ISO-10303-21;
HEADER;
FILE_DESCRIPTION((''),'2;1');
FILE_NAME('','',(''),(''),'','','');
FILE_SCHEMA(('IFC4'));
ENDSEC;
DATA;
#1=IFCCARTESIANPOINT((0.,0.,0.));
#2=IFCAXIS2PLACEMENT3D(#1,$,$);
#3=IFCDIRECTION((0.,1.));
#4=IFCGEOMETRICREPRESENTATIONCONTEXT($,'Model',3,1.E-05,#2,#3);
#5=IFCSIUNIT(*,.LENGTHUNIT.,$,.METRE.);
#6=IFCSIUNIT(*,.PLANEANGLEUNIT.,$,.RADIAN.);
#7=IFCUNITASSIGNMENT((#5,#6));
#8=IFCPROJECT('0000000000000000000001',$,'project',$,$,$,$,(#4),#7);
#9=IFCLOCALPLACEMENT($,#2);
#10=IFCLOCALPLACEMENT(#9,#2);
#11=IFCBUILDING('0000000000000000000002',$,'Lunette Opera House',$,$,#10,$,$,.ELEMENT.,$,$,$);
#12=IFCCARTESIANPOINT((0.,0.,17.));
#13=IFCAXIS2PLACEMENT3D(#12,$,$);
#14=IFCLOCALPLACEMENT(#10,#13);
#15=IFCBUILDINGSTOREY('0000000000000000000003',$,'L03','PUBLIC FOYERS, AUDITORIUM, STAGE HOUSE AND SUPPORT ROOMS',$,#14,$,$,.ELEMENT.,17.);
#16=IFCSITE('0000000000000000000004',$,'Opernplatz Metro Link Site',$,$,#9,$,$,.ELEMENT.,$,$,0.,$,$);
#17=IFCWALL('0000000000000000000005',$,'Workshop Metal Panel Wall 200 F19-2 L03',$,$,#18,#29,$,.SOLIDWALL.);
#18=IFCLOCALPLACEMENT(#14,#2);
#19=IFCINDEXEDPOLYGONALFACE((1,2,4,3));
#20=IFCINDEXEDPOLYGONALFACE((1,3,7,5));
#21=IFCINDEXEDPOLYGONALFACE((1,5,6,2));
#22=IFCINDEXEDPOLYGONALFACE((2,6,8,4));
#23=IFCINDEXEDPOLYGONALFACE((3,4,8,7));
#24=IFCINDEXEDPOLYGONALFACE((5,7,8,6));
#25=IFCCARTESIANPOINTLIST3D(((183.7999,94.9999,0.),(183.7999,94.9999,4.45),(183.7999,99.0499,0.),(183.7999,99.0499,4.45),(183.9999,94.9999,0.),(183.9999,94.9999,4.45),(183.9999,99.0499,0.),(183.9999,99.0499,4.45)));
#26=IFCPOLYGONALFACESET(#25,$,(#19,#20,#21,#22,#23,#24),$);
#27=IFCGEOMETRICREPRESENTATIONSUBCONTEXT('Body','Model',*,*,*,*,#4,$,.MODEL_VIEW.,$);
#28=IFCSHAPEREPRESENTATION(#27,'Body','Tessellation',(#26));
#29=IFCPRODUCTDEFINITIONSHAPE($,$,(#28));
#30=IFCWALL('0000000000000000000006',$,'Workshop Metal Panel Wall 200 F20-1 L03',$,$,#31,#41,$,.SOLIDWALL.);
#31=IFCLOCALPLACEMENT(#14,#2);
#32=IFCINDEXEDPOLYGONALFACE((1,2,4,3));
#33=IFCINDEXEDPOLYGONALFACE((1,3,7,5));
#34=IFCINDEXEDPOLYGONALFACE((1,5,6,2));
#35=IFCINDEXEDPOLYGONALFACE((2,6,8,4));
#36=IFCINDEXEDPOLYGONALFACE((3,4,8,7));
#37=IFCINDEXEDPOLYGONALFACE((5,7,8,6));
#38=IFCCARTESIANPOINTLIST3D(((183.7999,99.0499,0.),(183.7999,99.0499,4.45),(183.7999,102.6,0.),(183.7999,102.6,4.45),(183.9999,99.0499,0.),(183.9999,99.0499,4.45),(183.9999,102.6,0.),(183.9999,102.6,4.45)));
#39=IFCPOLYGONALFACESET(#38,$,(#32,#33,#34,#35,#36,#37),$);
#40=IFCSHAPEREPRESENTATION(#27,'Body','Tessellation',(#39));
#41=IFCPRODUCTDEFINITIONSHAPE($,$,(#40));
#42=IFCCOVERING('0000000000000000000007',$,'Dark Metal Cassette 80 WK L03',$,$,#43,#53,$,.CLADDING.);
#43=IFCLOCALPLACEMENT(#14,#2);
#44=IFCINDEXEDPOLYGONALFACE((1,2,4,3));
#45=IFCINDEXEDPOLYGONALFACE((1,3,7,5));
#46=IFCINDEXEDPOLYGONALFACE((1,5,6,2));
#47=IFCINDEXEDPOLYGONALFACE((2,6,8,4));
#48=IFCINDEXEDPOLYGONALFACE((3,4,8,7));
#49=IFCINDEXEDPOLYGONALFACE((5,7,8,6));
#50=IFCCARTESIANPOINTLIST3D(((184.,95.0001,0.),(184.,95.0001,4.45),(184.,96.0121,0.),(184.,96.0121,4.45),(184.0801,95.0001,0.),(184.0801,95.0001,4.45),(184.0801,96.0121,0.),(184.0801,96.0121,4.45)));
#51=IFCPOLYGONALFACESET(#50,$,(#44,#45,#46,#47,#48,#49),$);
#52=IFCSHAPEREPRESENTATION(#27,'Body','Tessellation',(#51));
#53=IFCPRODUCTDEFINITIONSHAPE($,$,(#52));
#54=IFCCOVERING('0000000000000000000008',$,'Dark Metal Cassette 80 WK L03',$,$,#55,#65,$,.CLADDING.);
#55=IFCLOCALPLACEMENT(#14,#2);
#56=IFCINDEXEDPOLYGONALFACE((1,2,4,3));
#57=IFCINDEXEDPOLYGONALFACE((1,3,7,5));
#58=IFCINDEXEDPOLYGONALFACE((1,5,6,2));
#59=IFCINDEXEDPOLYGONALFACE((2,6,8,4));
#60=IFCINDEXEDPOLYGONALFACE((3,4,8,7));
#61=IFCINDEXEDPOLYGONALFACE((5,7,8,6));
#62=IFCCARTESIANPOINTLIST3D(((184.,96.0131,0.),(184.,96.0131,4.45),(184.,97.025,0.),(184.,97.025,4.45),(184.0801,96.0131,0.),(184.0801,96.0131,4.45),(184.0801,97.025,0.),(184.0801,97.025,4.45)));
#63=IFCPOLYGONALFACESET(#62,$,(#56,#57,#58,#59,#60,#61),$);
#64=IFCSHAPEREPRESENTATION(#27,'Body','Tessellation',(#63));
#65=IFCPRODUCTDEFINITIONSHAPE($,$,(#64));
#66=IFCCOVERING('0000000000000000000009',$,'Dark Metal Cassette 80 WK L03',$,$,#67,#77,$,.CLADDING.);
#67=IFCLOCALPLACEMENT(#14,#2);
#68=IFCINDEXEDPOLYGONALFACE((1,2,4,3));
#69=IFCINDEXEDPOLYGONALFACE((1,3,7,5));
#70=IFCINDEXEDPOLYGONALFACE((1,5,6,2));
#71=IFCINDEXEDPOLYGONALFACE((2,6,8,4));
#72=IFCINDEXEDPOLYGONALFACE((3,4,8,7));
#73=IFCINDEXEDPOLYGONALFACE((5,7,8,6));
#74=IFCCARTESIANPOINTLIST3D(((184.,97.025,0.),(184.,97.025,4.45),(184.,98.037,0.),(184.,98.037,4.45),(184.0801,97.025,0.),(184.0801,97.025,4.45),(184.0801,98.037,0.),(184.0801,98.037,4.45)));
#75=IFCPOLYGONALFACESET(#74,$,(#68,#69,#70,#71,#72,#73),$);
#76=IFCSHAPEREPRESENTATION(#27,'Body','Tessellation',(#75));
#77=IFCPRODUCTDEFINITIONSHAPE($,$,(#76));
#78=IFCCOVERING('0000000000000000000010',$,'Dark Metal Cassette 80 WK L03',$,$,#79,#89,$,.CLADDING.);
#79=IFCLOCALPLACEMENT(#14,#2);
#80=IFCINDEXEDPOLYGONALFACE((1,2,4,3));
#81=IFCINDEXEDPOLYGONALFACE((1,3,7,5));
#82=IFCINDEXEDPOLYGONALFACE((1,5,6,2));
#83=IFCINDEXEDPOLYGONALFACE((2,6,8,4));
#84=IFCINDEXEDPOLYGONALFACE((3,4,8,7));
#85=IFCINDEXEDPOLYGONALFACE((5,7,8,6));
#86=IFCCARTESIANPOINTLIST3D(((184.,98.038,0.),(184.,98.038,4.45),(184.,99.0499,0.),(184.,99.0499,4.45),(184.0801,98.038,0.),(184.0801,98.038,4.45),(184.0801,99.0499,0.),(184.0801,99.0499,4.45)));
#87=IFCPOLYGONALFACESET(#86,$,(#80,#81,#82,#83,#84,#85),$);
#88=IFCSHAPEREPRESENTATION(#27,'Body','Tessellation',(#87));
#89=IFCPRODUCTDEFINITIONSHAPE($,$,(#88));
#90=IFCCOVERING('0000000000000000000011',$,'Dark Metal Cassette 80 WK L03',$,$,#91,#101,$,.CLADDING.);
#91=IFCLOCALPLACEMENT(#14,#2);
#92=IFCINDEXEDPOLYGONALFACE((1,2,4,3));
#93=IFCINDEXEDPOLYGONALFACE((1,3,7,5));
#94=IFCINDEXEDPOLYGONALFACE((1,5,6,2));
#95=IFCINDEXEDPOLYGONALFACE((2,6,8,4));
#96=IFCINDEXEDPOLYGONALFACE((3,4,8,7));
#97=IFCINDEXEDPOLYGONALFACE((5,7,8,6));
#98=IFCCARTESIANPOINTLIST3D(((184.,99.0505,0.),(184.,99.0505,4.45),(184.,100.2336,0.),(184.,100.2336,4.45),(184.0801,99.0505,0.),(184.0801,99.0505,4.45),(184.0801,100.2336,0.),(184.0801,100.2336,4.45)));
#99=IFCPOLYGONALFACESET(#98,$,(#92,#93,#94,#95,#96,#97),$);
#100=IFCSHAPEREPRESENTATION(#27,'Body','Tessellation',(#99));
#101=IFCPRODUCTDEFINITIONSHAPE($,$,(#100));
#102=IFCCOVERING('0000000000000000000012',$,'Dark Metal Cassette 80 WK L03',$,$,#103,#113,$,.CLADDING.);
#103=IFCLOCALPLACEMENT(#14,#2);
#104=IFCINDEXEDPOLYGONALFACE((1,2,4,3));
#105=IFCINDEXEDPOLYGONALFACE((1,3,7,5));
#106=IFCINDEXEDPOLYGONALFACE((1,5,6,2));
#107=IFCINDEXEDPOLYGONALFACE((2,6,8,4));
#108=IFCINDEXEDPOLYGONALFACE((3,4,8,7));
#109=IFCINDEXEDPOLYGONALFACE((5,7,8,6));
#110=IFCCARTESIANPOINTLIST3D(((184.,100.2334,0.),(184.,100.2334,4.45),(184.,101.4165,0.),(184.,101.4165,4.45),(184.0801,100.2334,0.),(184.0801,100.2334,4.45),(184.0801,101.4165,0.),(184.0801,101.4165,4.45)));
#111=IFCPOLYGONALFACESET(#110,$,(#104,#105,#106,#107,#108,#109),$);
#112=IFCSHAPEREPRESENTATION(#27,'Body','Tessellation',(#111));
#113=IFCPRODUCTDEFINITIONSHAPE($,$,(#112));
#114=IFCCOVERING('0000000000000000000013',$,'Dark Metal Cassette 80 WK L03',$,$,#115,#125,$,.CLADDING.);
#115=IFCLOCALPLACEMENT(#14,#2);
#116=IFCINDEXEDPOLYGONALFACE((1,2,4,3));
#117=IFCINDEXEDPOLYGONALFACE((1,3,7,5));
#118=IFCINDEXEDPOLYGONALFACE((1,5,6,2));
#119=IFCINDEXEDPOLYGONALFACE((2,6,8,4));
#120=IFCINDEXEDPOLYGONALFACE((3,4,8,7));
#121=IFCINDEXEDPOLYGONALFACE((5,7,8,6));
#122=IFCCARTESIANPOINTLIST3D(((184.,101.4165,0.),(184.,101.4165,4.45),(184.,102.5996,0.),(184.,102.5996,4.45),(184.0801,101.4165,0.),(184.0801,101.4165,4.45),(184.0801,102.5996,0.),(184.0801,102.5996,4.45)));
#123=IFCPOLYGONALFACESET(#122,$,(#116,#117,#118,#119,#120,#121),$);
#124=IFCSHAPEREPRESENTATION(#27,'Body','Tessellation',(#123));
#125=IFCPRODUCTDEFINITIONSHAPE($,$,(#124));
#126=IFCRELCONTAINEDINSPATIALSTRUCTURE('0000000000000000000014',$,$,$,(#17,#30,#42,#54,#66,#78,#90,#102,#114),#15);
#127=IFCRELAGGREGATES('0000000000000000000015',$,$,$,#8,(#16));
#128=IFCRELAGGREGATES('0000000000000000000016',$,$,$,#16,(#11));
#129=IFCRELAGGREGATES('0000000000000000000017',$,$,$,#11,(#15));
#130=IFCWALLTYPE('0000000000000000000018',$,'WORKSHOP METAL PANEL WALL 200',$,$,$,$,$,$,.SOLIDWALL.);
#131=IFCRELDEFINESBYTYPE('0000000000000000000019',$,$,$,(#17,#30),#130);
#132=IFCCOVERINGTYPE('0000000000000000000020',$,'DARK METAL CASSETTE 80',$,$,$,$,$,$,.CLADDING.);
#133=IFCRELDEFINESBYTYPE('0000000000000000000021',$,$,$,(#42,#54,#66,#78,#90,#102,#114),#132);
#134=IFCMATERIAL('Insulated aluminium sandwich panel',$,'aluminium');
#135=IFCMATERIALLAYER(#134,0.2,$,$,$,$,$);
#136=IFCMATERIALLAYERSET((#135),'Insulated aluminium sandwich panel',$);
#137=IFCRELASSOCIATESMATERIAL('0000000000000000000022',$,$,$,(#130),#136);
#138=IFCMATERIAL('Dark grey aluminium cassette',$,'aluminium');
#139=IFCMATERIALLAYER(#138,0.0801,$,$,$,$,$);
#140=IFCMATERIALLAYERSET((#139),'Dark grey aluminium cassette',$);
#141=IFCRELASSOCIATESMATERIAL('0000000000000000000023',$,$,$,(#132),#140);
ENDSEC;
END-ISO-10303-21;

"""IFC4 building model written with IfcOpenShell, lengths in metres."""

from ifc_helpers import new_model, si_unit, direction, frame, frame_2d, origin, origin_2d, place, context, subcontext, project, spatial, rectangle, extrude, material, layer, layer_set, type_object, element, save


model = new_model("IFC4")

# Units and contexts
model_context = context("Model", 3, precision=1e-05, world=origin(), true_north=direction((0.0, 1.0)))
body_context = subcontext(model_context, "Body", "Model", "MODEL_VIEW")
ifc_project = project(units=[si_unit("LENGTHUNIT", "METRE"), si_unit("PLANEANGLEUNIT", "RADIAN")], contexts=[model_context])

# Site, building, storey
site_placement = place(None, origin())
site = spatial("IfcSite", under=ifc_project, at=site_placement, Name="Opernplatz Metro Link Site", CompositionType="ELEMENT", RefElevation=0.0)
building_placement = place(site_placement, origin())
building = spatial("IfcBuilding", under=site, at=building_placement, Name="Lunette Opera House", CompositionType="ELEMENT")
storey_placement = place(building_placement, frame((0.0, 0.0, 17.0)))
storey = spatial("IfcBuildingStorey", under=building, at=storey_placement, Name="L03", Description="PUBLIC FOYERS, AUDITORIUM, STAGE HOUSE AND SUPPORT ROOMS", CompositionType="ELEMENT", Elevation=17.0)

# Walls
ifc_material_1 = material(Name="Insulated aluminium sandwich panel", Category="aluminium")
ifc_layer_1 = layer(ifc_material_1, 0.2)
ifc_layer_set_1 = layer_set([ifc_layer_1], Name="Insulated aluminium sandwich panel")
wall_type_1 = type_object("IfcWallType", Name="WORKSHOP METAL PANEL WALL 200", PredefinedType="SOLIDWALL", material=ifc_layer_set_1)
wall_1_placement = place(storey_placement, frame((183.8999, 95.0, 0.0), z_axis=(0.0, 0.0, 1.0), x_axis=(0.0, 1.0, 0.0)))
element("IfcWall", 1, at=wall_1_placement, inside=storey, type_object=wall_type_1, Name="Workshop Metal Panel Wall 200 F19-2 L03", PredefinedType="SOLIDWALL", context=body_context, shape_type="SweptSolid", body=[
    extrude(rectangle(XDim=4.05, YDim=0.2, at=frame_2d((2.0249, 0.0))), origin(), (0.0, 0.0, 1.0), 4.45),
])
wall_2_placement = place(storey_placement, frame((183.8999, 99.05, 0.0), z_axis=(0.0, 0.0, 1.0), x_axis=(0.0, 1.0, 0.0)))
element("IfcWall", 2, at=wall_2_placement, inside=storey, type_object=wall_type_1, Name="Workshop Metal Panel Wall 200 F20-1 L03", PredefinedType="SOLIDWALL", context=body_context, shape_type="SweptSolid", body=[
    extrude(rectangle(XDim=3.55, YDim=0.2, at=frame_2d((1.7749, 0.0))), origin(), (0.0, 0.0, 1.0), 4.45),
])

# Coverings
ifc_material_2 = material(Name="Dark grey aluminium cassette", Category="aluminium")
ifc_layer_2 = layer(ifc_material_2, 0.0801)
ifc_layer_set_2 = layer_set([ifc_layer_2], Name="Dark grey aluminium cassette")
covering_type = type_object("IfcCoveringType", Name="DARK METAL CASSETTE 80", PredefinedType="CLADDING", material=ifc_layer_set_2)
for number, where, z_axis, x_axis, name in (
    (3, (184.04, 95.5061, 0.0), (0.0, 0.0, 1.0), (0.0, 1.0, 0.0), "Dark Metal Cassette 80 WK L03"),
    (4, (184.04, 96.519, 0.0), (0.0, 0.0, 1.0), (0.0, 1.0, 0.0), "Dark Metal Cassette 80 WK L03"),
    (5, (184.04, 97.531, 0.0), (0.0, 0.0, 1.0), (0.0, 1.0, 0.0), "Dark Metal Cassette 80 WK L03"),
    (6, (184.04, 98.5439, 0.0), (0.0, 0.0, 1.0), (0.0, 1.0, 0.0), "Dark Metal Cassette 80 WK L03"),
):
    element("IfcCovering", number, at=place(storey_placement, frame(where, z_axis=z_axis, x_axis=x_axis)), inside=storey, type_object=covering_type, Name=name, PredefinedType="CLADDING", context=body_context, shape_type="SweptSolid", body=[
        extrude(rectangle(XDim=1.012, YDim=0.0801, at=origin_2d()), origin(), (0.0, 0.0, 1.0), 4.45),
    ])
for number, where, z_axis, x_axis, name in (
    (7, (184.04, 99.6421, 0.0), (0.0, 0.0, 1.0), (0.0, 1.0, 0.0), "Dark Metal Cassette 80 WK L03"),
    (8, (184.04, 100.825, 0.0), (0.0, 0.0, 1.0), (0.0, 1.0, 0.0), "Dark Metal Cassette 80 WK L03"),
    (9, (184.04, 102.0081, 0.0), (0.0, 0.0, 1.0), (0.0, 1.0, 0.0), "Dark Metal Cassette 80 WK L03"),
):
    element("IfcCovering", number, at=place(storey_placement, frame(where, z_axis=z_axis, x_axis=x_axis)), inside=storey, type_object=covering_type, Name=name, PredefinedType="CLADDING", context=body_context, shape_type="SweptSolid", body=[
        extrude(rectangle(XDim=1.1831, YDim=0.0801, at=origin_2d()), origin(), (0.0, 0.0, 1.0), 4.45),
    ])

save(model, "model.ifc")
